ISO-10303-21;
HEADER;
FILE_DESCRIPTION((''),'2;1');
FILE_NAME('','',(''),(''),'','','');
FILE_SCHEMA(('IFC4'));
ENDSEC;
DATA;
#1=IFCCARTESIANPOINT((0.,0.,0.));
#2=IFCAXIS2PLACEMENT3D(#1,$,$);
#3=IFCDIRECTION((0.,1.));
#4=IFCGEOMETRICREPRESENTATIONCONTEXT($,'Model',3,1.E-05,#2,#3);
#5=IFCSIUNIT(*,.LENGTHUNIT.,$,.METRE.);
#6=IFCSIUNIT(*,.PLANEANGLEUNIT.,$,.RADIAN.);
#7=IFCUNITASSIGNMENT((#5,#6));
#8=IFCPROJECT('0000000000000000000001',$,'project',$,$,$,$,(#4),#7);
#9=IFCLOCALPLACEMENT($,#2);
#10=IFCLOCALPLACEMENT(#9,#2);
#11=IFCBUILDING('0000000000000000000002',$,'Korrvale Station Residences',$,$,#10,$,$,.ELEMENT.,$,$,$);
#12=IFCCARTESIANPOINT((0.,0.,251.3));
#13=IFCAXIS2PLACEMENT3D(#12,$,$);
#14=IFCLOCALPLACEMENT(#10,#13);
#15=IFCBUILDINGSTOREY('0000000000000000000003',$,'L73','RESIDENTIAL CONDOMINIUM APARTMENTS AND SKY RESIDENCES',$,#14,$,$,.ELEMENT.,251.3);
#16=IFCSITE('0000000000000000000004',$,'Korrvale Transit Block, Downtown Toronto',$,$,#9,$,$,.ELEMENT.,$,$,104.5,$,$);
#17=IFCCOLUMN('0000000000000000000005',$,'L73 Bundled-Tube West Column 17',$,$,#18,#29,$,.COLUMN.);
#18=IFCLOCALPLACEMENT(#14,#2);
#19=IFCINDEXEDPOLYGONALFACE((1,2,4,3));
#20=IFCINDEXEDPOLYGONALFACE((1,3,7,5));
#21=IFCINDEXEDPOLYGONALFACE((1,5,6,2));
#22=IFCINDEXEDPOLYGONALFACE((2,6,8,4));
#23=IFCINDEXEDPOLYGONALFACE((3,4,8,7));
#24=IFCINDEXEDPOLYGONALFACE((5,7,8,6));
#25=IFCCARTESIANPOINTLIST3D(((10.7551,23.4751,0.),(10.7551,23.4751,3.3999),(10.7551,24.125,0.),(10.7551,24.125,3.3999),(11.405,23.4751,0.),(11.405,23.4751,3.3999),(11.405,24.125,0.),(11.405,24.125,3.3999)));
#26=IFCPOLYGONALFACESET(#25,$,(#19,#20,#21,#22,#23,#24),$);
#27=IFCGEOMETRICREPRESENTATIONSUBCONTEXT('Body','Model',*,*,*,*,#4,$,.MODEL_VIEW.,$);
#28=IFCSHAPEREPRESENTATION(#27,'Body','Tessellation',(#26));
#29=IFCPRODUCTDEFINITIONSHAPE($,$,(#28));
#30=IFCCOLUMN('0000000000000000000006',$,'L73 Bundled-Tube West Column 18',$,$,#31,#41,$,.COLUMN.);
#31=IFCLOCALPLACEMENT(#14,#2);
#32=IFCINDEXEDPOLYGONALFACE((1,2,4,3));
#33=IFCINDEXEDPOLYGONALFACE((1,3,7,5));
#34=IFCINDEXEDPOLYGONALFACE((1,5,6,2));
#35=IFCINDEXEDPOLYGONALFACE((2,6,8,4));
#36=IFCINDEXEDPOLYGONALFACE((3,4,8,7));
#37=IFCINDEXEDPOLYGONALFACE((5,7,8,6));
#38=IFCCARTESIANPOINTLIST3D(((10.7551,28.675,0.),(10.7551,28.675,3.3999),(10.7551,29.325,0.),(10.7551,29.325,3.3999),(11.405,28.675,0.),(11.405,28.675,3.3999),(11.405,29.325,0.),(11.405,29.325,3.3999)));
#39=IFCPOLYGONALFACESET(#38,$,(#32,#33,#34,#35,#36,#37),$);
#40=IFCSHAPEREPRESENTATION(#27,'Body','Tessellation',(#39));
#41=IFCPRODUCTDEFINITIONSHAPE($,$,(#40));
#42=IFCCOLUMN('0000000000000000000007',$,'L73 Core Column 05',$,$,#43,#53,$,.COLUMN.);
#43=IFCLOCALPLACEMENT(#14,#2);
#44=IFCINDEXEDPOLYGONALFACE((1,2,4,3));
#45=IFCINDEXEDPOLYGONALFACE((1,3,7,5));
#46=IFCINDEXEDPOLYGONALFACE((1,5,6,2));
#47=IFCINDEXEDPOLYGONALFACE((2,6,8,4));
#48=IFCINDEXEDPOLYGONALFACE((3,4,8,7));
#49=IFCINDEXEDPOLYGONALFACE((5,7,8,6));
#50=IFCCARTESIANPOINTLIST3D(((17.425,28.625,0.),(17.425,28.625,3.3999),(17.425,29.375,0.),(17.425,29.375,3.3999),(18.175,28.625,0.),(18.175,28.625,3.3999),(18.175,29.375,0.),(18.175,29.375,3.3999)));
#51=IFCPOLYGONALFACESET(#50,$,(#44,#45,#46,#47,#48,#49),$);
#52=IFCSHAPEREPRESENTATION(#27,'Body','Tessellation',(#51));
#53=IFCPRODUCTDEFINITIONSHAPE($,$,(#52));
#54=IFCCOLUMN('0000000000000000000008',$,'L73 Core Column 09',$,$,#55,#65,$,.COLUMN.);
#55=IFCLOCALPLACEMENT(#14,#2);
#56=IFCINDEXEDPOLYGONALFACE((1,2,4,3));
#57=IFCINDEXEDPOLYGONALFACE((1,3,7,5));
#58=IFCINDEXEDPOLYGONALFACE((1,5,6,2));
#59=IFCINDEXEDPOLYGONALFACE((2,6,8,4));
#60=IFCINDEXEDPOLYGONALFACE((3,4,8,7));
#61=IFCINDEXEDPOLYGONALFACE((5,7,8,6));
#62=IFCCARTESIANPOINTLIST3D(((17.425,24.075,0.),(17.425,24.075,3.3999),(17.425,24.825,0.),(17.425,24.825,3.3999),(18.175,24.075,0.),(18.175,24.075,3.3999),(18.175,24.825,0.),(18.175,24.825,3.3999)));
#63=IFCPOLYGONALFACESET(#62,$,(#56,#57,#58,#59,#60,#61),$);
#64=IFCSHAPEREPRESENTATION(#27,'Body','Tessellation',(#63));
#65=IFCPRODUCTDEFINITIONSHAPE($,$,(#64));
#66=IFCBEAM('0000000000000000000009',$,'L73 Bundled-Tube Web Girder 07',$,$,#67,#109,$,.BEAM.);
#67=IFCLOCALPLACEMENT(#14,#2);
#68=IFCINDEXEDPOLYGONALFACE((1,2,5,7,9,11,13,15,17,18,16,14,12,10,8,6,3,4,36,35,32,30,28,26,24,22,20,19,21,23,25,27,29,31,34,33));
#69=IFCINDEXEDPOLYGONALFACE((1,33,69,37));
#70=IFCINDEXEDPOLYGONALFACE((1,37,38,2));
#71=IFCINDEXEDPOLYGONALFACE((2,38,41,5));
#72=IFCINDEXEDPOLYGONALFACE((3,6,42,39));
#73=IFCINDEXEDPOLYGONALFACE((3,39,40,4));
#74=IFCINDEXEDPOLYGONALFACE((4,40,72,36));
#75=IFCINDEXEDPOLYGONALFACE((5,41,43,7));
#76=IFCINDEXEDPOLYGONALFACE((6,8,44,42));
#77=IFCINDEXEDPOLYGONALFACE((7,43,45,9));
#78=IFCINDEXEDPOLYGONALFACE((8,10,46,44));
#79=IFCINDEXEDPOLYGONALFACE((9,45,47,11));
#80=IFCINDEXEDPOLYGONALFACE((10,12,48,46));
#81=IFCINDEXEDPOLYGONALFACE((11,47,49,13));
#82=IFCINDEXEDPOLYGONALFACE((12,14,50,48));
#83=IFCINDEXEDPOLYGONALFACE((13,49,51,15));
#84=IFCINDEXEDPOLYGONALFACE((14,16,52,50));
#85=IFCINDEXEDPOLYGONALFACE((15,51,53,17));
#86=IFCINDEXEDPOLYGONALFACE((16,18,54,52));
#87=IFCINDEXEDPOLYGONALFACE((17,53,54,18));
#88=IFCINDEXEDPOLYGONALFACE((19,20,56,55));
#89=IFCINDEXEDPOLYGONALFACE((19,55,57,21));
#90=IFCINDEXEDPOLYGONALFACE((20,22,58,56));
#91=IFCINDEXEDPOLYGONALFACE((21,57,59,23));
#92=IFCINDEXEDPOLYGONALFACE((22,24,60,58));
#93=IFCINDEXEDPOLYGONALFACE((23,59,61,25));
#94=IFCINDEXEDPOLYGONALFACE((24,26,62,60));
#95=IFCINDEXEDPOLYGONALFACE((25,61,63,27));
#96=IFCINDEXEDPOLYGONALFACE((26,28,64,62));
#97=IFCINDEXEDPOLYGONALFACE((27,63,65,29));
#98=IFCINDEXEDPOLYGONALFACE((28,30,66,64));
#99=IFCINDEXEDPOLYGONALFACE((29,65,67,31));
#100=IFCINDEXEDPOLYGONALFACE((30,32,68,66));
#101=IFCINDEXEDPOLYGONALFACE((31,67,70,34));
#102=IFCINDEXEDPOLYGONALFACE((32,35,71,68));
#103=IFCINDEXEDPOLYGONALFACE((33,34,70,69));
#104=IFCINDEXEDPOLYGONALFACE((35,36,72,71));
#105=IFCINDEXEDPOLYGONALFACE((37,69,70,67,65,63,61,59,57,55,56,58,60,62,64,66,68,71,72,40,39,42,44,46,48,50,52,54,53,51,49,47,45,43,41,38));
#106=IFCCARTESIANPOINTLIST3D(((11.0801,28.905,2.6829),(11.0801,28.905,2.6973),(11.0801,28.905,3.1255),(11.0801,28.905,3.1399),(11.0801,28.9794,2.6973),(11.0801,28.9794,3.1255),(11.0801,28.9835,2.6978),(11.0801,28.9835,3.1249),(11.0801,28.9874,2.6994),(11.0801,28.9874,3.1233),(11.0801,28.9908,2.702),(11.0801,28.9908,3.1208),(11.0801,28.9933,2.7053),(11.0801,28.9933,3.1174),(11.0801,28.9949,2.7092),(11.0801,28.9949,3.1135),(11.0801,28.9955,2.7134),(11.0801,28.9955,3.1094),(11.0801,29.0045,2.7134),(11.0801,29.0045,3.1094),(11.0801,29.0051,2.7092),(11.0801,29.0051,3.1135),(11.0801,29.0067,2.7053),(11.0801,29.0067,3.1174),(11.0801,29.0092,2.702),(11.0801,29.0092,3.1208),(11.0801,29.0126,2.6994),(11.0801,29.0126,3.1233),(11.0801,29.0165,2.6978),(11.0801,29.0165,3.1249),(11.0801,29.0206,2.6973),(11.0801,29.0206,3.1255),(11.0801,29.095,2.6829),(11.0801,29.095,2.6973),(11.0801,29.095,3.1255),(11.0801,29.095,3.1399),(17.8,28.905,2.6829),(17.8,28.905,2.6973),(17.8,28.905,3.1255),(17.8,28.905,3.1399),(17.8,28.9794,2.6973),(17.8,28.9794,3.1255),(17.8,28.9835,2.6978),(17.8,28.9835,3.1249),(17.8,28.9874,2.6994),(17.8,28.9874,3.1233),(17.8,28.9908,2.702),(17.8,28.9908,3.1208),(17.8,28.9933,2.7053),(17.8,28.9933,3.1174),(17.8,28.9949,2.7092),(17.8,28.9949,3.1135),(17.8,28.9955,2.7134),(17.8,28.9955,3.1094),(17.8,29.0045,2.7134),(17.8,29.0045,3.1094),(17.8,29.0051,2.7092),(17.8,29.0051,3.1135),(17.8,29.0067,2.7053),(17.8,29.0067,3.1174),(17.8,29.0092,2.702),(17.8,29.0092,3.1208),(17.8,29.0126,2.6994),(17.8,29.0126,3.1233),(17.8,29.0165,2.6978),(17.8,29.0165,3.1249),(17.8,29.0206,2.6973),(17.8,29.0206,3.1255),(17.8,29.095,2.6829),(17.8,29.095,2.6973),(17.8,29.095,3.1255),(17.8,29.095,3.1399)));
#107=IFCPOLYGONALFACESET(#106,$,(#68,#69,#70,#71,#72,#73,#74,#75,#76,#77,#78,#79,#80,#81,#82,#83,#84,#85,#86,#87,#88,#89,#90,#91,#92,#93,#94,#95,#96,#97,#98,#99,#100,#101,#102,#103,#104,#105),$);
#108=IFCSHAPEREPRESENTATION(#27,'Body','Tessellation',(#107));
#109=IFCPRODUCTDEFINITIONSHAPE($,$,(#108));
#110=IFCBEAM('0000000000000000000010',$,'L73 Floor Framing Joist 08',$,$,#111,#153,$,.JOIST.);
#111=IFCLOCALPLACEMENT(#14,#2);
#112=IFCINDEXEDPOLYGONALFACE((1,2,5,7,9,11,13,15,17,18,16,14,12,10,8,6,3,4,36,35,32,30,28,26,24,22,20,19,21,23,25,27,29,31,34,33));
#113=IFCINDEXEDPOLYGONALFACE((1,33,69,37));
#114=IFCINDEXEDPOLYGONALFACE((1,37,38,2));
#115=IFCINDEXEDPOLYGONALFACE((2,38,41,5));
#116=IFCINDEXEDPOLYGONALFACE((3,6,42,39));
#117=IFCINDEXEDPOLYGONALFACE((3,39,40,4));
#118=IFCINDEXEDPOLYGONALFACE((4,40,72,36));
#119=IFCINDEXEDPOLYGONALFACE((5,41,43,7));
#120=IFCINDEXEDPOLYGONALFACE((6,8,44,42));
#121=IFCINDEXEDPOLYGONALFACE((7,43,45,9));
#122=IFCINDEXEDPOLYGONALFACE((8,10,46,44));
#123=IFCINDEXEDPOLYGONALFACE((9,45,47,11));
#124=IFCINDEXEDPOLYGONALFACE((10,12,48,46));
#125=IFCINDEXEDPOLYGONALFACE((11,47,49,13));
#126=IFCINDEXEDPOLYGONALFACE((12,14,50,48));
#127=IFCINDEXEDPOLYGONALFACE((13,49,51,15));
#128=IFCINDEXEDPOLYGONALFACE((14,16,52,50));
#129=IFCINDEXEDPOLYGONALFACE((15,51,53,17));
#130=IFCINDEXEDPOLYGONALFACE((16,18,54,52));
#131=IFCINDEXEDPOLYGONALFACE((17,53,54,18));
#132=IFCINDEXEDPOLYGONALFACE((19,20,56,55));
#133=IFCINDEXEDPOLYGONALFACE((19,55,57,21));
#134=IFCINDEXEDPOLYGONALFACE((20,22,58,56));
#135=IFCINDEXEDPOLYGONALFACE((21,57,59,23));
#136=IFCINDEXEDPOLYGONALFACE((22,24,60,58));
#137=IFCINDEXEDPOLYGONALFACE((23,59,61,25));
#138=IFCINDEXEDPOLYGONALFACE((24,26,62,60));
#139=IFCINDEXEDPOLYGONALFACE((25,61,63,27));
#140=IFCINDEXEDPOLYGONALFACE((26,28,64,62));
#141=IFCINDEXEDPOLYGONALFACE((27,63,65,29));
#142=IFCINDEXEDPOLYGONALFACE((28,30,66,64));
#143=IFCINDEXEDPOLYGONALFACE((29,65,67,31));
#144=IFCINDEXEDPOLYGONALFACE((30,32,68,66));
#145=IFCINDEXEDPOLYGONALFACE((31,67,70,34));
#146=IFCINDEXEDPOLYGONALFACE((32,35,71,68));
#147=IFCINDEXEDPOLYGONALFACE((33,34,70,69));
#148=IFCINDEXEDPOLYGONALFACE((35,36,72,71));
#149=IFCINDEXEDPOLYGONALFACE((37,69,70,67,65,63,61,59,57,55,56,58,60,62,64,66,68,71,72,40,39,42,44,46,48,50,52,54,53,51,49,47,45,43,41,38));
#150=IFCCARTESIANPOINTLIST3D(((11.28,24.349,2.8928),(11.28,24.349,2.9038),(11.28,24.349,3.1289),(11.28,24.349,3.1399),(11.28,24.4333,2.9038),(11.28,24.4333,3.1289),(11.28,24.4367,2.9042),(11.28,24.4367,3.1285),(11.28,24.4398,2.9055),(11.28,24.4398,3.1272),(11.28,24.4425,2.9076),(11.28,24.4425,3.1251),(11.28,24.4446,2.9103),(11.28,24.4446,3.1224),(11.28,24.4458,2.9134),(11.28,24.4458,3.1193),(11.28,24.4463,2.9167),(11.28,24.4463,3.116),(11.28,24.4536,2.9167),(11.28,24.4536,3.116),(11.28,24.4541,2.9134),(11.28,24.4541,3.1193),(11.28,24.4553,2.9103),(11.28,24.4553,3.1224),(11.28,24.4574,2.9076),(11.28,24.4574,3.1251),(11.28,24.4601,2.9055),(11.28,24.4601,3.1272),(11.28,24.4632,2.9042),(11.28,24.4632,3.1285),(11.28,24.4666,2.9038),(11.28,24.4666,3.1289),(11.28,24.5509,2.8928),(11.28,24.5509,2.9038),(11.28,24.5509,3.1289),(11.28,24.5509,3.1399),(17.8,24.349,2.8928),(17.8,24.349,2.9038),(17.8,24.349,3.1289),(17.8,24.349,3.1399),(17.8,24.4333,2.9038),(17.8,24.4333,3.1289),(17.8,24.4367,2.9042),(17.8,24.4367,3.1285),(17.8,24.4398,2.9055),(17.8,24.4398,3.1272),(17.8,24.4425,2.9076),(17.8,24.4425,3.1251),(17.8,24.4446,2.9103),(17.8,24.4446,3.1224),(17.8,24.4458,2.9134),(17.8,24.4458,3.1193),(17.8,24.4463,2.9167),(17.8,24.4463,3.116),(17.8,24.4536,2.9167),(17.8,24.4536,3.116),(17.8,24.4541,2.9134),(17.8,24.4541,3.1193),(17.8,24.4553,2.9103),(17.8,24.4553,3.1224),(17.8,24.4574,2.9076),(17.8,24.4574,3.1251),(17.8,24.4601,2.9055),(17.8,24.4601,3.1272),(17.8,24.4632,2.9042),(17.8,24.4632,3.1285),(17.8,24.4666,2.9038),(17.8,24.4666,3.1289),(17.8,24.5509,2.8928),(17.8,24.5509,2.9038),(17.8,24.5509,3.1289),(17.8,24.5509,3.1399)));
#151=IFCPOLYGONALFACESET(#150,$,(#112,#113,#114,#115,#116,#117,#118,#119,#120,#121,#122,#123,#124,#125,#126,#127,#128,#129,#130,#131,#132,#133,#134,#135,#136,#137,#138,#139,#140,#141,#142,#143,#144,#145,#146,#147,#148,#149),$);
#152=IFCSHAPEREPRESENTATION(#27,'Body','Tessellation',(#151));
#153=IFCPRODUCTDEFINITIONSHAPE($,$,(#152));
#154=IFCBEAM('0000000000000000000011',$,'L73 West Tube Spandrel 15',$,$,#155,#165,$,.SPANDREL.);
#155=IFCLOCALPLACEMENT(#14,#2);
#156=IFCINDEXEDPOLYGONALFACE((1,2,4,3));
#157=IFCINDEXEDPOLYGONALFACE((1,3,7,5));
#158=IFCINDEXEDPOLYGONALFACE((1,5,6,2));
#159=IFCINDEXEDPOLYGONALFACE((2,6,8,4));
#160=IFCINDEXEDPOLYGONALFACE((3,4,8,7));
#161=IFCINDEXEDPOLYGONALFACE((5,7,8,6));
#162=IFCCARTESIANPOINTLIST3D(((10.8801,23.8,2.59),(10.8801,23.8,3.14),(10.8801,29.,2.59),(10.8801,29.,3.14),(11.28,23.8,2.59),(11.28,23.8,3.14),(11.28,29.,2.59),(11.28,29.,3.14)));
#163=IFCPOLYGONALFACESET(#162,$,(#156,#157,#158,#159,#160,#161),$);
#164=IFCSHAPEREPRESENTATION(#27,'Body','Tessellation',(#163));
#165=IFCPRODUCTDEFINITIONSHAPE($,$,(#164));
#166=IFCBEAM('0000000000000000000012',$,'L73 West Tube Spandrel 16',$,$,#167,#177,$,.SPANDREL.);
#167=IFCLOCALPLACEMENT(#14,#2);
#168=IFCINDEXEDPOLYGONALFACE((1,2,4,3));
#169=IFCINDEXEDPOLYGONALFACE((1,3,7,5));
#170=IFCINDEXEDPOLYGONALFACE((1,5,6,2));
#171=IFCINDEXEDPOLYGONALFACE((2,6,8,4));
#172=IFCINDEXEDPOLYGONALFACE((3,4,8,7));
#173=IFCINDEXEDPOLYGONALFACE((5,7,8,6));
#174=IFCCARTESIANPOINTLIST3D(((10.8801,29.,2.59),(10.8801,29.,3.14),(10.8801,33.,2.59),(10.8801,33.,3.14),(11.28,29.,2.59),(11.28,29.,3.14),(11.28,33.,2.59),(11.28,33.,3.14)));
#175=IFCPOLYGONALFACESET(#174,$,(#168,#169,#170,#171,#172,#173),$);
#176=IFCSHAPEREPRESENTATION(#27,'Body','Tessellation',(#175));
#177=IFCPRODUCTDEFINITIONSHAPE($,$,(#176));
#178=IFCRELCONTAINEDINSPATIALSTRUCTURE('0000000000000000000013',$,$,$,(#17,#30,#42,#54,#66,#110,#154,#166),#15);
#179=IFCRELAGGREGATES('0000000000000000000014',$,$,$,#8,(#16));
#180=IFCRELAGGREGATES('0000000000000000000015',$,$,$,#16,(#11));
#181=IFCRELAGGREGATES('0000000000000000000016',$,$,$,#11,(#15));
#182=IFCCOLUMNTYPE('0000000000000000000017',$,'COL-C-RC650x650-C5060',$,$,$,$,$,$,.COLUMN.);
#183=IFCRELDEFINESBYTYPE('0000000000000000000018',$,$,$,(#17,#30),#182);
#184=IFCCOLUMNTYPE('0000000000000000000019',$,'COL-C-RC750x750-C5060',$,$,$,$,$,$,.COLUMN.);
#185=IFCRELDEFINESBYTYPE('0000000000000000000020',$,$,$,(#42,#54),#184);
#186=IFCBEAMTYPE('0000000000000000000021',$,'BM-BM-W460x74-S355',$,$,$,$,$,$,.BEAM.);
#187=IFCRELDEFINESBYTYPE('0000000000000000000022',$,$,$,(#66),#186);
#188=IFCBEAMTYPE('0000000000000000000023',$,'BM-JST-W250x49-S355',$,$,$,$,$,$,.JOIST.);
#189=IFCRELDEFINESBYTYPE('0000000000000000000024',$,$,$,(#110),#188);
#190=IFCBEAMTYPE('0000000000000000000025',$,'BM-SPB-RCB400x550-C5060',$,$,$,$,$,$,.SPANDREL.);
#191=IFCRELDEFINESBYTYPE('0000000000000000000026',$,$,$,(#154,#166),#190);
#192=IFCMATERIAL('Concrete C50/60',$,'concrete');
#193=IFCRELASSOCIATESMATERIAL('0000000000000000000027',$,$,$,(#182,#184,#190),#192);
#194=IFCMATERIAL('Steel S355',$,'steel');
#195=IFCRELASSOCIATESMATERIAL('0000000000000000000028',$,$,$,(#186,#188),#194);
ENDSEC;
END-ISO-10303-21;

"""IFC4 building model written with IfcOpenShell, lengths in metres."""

from ifc_helpers import new_model, si_unit, direction, frame, origin, origin_2d, place, context, subcontext, project, spatial, rectangle, i_section, extrude, material, material_profile, profile_set, type_object, element, save


model = new_model("IFC4")

# Units and contexts
model_context = context("Model", 3, precision=1e-05, world=origin(), true_north=direction((0.0, 1.0)))
body_context = subcontext(model_context, "Body", "Model", "MODEL_VIEW")
ifc_project = project(units=[si_unit("LENGTHUNIT", "METRE"), si_unit("PLANEANGLEUNIT", "RADIAN")], contexts=[model_context])

# Site, building, storey
site_placement = place(None, origin())
site = spatial("IfcSite", under=ifc_project, at=site_placement, Name="Korrvale Transit Block, Downtown Toronto", CompositionType="ELEMENT", RefElevation=104.5)
building_placement = place(site_placement, origin())
building = spatial("IfcBuilding", under=site, at=building_placement, Name="Korrvale Station Residences", CompositionType="ELEMENT")
storey_placement = place(building_placement, frame((0.0, 0.0, 251.3)))
storey = spatial("IfcBuildingStorey", under=building, at=storey_placement, Name="L73", Description="RESIDENTIAL CONDOMINIUM APARTMENTS AND SKY RESIDENCES", CompositionType="ELEMENT", Elevation=251.3)

# Columns
ifc_material_1 = material(Name="Concrete C50/60", Category="concrete")
ifc_material_profile_1 = material_profile(ifc_material_1, rectangle(XDim=0.6499, YDim=0.6499, at=origin_2d()), Name="RC650x650")
ifc_profile_set_1 = profile_set([ifc_material_profile_1], Name="Concrete C50/60")
column_type_1 = type_object("IfcColumnType", Name="COL-C-RC650x650-C5060", PredefinedType="COLUMN", material=ifc_profile_set_1)
for number, where, z_axis, x_axis, name in (
    (1, (11.0801, 23.8, 0.0), (0.0, 0.0, 1.0), (1.0, 0.0, 0.0), "L73 Bundled-Tube West Column 17"),
    (2, (11.0801, 29.0, 0.0), (0.0, 0.0, 1.0), (1.0, 0.0, 0.0), "L73 Bundled-Tube West Column 18"),
):
    element("IfcColumn", number, at=place(storey_placement, frame(where, z_axis=z_axis, x_axis=x_axis)), inside=storey, type_object=column_type_1, Name=name, PredefinedType="COLUMN", context=body_context, shape_type="SweptSolid", body=[
        extrude(rectangle(XDim=0.6499, YDim=0.6499, at=origin_2d()), origin(), (0.0, 0.0, 1.0), 3.3999),
    ])
ifc_material_profile_2 = material_profile(ifc_material_1, rectangle(XDim=0.75, YDim=0.75, at=origin_2d()), Name="RC750x750")
ifc_profile_set_2 = profile_set([ifc_material_profile_2], Name="Concrete C50/60")
column_type_2 = type_object("IfcColumnType", Name="COL-C-RC750x750-C5060", PredefinedType="COLUMN", material=ifc_profile_set_2)
for number, where, z_axis, x_axis, name in (
    (3, (17.8, 29.0, 0.0), (0.0, 0.0, 1.0), (1.0, 0.0, 0.0), "L73 Core Column 05"),
    (4, (17.8, 24.45, 0.0), (0.0, 0.0, 1.0), (1.0, 0.0, 0.0), "L73 Core Column 09"),
):
    element("IfcColumn", number, at=place(storey_placement, frame(where, z_axis=z_axis, x_axis=x_axis)), inside=storey, type_object=column_type_2, Name=name, PredefinedType="COLUMN", context=body_context, shape_type="SweptSolid", body=[
        extrude(rectangle(XDim=0.75, YDim=0.75, at=origin_2d()), origin(), (0.0, 0.0, 1.0), 3.3999),
    ])

# Beams
ifc_material_2 = material(Name="Steel S355", Category="steel")
ifc_material_profile_3 = material_profile(ifc_material_2, i_section(OverallWidth=0.1899, OverallDepth=0.457, WebThickness=0.009, FlangeThickness=0.0144, FilletRadius=0.0161, at=origin_2d()), Name="W460x74")
ifc_profile_set_3 = profile_set([ifc_material_profile_3], Name="Steel S355")
beam_type_1 = type_object("IfcBeamType", Name="BM-BM-W460x74-S355", PredefinedType="BEAM", material=ifc_profile_set_3)
beam_1_placement = place(storey_placement, frame((11.0801, 29.0, 2.9114), z_axis=(1.0, 0.0, 0.0), x_axis=(0.0, 1.0, 0.0)))
element("IfcBeam", 5, at=beam_1_placement, inside=storey, type_object=beam_type_1, Name="L73 Bundled-Tube Web Girder 07", PredefinedType="BEAM", context=body_context, shape_type="SweptSolid", body=[
    extrude(i_section(OverallWidth=0.1899, OverallDepth=0.457, WebThickness=0.009, FlangeThickness=0.0144, FilletRadius=0.0161, at=origin_2d()), origin(), (0.0, 0.0, 1.0), 6.72),
])
ifc_material_profile_4 = material_profile(ifc_material_2, i_section(OverallWidth=0.2019, OverallDepth=0.2471, WebThickness=0.0073, FlangeThickness=0.011, FilletRadius=0.0129, at=origin_2d()), Name="W250x49")
ifc_profile_set_4 = profile_set([ifc_material_profile_4], Name="Steel S355")
beam_type_2 = type_object("IfcBeamType", Name="BM-JST-W250x49-S355", PredefinedType="JOIST", material=ifc_profile_set_4)
beam_2_placement = place(storey_placement, frame((11.28, 24.45, 3.0164), z_axis=(1.0, 0.0, 0.0), x_axis=(0.0, 1.0, 0.0)))
element("IfcBeam", 6, at=beam_2_placement, inside=storey, type_object=beam_type_2, Name="L73 Floor Framing Joist 08", PredefinedType="JOIST", context=body_context, shape_type="SweptSolid", body=[
    extrude(i_section(OverallWidth=0.2019, OverallDepth=0.2471, WebThickness=0.0073, FlangeThickness=0.011, FilletRadius=0.0129, at=origin_2d()), origin(), (0.0, 0.0, 1.0), 6.52),
])
ifc_material_profile_5 = material_profile(ifc_material_1, rectangle(XDim=0.3999, YDim=0.55, at=origin_2d()), Name="RCB400x550")
ifc_profile_set_5 = profile_set([ifc_material_profile_5], Name="Concrete C50/60")
beam_type_3 = type_object("IfcBeamType", Name="BM-SPB-RCB400x550-C5060", PredefinedType="SPANDREL", material=ifc_profile_set_5)
beam_3_placement = place(storey_placement, frame((11.0801, 23.8, 2.865), z_axis=(0.0, 1.0, 0.0), x_axis=(-1.0, 0.0, 0.0)))
element("IfcBeam", 7, at=beam_3_placement, inside=storey, type_object=beam_type_3, Name="L73 West Tube Spandrel 15", PredefinedType="SPANDREL", context=body_context, shape_type="SweptSolid", body=[
    extrude(rectangle(XDim=0.3999, YDim=0.55, at=origin_2d()), origin(), (0.0, 0.0, 1.0), 5.2),
])
beam_4_placement = place(storey_placement, frame((11.0801, 29.0, 2.865), z_axis=(0.0, 1.0, 0.0), x_axis=(-1.0, 0.0, 0.0)))
element("IfcBeam", 8, at=beam_4_placement, inside=storey, type_object=beam_type_3, Name="L73 West Tube Spandrel 16", PredefinedType="SPANDREL", context=body_context, shape_type="SweptSolid", body=[
    extrude(rectangle(XDim=0.3999, YDim=0.55, at=origin_2d()), origin(), (0.0, 0.0, 1.0), 4.0),
])

save(model, "model.ifc")
